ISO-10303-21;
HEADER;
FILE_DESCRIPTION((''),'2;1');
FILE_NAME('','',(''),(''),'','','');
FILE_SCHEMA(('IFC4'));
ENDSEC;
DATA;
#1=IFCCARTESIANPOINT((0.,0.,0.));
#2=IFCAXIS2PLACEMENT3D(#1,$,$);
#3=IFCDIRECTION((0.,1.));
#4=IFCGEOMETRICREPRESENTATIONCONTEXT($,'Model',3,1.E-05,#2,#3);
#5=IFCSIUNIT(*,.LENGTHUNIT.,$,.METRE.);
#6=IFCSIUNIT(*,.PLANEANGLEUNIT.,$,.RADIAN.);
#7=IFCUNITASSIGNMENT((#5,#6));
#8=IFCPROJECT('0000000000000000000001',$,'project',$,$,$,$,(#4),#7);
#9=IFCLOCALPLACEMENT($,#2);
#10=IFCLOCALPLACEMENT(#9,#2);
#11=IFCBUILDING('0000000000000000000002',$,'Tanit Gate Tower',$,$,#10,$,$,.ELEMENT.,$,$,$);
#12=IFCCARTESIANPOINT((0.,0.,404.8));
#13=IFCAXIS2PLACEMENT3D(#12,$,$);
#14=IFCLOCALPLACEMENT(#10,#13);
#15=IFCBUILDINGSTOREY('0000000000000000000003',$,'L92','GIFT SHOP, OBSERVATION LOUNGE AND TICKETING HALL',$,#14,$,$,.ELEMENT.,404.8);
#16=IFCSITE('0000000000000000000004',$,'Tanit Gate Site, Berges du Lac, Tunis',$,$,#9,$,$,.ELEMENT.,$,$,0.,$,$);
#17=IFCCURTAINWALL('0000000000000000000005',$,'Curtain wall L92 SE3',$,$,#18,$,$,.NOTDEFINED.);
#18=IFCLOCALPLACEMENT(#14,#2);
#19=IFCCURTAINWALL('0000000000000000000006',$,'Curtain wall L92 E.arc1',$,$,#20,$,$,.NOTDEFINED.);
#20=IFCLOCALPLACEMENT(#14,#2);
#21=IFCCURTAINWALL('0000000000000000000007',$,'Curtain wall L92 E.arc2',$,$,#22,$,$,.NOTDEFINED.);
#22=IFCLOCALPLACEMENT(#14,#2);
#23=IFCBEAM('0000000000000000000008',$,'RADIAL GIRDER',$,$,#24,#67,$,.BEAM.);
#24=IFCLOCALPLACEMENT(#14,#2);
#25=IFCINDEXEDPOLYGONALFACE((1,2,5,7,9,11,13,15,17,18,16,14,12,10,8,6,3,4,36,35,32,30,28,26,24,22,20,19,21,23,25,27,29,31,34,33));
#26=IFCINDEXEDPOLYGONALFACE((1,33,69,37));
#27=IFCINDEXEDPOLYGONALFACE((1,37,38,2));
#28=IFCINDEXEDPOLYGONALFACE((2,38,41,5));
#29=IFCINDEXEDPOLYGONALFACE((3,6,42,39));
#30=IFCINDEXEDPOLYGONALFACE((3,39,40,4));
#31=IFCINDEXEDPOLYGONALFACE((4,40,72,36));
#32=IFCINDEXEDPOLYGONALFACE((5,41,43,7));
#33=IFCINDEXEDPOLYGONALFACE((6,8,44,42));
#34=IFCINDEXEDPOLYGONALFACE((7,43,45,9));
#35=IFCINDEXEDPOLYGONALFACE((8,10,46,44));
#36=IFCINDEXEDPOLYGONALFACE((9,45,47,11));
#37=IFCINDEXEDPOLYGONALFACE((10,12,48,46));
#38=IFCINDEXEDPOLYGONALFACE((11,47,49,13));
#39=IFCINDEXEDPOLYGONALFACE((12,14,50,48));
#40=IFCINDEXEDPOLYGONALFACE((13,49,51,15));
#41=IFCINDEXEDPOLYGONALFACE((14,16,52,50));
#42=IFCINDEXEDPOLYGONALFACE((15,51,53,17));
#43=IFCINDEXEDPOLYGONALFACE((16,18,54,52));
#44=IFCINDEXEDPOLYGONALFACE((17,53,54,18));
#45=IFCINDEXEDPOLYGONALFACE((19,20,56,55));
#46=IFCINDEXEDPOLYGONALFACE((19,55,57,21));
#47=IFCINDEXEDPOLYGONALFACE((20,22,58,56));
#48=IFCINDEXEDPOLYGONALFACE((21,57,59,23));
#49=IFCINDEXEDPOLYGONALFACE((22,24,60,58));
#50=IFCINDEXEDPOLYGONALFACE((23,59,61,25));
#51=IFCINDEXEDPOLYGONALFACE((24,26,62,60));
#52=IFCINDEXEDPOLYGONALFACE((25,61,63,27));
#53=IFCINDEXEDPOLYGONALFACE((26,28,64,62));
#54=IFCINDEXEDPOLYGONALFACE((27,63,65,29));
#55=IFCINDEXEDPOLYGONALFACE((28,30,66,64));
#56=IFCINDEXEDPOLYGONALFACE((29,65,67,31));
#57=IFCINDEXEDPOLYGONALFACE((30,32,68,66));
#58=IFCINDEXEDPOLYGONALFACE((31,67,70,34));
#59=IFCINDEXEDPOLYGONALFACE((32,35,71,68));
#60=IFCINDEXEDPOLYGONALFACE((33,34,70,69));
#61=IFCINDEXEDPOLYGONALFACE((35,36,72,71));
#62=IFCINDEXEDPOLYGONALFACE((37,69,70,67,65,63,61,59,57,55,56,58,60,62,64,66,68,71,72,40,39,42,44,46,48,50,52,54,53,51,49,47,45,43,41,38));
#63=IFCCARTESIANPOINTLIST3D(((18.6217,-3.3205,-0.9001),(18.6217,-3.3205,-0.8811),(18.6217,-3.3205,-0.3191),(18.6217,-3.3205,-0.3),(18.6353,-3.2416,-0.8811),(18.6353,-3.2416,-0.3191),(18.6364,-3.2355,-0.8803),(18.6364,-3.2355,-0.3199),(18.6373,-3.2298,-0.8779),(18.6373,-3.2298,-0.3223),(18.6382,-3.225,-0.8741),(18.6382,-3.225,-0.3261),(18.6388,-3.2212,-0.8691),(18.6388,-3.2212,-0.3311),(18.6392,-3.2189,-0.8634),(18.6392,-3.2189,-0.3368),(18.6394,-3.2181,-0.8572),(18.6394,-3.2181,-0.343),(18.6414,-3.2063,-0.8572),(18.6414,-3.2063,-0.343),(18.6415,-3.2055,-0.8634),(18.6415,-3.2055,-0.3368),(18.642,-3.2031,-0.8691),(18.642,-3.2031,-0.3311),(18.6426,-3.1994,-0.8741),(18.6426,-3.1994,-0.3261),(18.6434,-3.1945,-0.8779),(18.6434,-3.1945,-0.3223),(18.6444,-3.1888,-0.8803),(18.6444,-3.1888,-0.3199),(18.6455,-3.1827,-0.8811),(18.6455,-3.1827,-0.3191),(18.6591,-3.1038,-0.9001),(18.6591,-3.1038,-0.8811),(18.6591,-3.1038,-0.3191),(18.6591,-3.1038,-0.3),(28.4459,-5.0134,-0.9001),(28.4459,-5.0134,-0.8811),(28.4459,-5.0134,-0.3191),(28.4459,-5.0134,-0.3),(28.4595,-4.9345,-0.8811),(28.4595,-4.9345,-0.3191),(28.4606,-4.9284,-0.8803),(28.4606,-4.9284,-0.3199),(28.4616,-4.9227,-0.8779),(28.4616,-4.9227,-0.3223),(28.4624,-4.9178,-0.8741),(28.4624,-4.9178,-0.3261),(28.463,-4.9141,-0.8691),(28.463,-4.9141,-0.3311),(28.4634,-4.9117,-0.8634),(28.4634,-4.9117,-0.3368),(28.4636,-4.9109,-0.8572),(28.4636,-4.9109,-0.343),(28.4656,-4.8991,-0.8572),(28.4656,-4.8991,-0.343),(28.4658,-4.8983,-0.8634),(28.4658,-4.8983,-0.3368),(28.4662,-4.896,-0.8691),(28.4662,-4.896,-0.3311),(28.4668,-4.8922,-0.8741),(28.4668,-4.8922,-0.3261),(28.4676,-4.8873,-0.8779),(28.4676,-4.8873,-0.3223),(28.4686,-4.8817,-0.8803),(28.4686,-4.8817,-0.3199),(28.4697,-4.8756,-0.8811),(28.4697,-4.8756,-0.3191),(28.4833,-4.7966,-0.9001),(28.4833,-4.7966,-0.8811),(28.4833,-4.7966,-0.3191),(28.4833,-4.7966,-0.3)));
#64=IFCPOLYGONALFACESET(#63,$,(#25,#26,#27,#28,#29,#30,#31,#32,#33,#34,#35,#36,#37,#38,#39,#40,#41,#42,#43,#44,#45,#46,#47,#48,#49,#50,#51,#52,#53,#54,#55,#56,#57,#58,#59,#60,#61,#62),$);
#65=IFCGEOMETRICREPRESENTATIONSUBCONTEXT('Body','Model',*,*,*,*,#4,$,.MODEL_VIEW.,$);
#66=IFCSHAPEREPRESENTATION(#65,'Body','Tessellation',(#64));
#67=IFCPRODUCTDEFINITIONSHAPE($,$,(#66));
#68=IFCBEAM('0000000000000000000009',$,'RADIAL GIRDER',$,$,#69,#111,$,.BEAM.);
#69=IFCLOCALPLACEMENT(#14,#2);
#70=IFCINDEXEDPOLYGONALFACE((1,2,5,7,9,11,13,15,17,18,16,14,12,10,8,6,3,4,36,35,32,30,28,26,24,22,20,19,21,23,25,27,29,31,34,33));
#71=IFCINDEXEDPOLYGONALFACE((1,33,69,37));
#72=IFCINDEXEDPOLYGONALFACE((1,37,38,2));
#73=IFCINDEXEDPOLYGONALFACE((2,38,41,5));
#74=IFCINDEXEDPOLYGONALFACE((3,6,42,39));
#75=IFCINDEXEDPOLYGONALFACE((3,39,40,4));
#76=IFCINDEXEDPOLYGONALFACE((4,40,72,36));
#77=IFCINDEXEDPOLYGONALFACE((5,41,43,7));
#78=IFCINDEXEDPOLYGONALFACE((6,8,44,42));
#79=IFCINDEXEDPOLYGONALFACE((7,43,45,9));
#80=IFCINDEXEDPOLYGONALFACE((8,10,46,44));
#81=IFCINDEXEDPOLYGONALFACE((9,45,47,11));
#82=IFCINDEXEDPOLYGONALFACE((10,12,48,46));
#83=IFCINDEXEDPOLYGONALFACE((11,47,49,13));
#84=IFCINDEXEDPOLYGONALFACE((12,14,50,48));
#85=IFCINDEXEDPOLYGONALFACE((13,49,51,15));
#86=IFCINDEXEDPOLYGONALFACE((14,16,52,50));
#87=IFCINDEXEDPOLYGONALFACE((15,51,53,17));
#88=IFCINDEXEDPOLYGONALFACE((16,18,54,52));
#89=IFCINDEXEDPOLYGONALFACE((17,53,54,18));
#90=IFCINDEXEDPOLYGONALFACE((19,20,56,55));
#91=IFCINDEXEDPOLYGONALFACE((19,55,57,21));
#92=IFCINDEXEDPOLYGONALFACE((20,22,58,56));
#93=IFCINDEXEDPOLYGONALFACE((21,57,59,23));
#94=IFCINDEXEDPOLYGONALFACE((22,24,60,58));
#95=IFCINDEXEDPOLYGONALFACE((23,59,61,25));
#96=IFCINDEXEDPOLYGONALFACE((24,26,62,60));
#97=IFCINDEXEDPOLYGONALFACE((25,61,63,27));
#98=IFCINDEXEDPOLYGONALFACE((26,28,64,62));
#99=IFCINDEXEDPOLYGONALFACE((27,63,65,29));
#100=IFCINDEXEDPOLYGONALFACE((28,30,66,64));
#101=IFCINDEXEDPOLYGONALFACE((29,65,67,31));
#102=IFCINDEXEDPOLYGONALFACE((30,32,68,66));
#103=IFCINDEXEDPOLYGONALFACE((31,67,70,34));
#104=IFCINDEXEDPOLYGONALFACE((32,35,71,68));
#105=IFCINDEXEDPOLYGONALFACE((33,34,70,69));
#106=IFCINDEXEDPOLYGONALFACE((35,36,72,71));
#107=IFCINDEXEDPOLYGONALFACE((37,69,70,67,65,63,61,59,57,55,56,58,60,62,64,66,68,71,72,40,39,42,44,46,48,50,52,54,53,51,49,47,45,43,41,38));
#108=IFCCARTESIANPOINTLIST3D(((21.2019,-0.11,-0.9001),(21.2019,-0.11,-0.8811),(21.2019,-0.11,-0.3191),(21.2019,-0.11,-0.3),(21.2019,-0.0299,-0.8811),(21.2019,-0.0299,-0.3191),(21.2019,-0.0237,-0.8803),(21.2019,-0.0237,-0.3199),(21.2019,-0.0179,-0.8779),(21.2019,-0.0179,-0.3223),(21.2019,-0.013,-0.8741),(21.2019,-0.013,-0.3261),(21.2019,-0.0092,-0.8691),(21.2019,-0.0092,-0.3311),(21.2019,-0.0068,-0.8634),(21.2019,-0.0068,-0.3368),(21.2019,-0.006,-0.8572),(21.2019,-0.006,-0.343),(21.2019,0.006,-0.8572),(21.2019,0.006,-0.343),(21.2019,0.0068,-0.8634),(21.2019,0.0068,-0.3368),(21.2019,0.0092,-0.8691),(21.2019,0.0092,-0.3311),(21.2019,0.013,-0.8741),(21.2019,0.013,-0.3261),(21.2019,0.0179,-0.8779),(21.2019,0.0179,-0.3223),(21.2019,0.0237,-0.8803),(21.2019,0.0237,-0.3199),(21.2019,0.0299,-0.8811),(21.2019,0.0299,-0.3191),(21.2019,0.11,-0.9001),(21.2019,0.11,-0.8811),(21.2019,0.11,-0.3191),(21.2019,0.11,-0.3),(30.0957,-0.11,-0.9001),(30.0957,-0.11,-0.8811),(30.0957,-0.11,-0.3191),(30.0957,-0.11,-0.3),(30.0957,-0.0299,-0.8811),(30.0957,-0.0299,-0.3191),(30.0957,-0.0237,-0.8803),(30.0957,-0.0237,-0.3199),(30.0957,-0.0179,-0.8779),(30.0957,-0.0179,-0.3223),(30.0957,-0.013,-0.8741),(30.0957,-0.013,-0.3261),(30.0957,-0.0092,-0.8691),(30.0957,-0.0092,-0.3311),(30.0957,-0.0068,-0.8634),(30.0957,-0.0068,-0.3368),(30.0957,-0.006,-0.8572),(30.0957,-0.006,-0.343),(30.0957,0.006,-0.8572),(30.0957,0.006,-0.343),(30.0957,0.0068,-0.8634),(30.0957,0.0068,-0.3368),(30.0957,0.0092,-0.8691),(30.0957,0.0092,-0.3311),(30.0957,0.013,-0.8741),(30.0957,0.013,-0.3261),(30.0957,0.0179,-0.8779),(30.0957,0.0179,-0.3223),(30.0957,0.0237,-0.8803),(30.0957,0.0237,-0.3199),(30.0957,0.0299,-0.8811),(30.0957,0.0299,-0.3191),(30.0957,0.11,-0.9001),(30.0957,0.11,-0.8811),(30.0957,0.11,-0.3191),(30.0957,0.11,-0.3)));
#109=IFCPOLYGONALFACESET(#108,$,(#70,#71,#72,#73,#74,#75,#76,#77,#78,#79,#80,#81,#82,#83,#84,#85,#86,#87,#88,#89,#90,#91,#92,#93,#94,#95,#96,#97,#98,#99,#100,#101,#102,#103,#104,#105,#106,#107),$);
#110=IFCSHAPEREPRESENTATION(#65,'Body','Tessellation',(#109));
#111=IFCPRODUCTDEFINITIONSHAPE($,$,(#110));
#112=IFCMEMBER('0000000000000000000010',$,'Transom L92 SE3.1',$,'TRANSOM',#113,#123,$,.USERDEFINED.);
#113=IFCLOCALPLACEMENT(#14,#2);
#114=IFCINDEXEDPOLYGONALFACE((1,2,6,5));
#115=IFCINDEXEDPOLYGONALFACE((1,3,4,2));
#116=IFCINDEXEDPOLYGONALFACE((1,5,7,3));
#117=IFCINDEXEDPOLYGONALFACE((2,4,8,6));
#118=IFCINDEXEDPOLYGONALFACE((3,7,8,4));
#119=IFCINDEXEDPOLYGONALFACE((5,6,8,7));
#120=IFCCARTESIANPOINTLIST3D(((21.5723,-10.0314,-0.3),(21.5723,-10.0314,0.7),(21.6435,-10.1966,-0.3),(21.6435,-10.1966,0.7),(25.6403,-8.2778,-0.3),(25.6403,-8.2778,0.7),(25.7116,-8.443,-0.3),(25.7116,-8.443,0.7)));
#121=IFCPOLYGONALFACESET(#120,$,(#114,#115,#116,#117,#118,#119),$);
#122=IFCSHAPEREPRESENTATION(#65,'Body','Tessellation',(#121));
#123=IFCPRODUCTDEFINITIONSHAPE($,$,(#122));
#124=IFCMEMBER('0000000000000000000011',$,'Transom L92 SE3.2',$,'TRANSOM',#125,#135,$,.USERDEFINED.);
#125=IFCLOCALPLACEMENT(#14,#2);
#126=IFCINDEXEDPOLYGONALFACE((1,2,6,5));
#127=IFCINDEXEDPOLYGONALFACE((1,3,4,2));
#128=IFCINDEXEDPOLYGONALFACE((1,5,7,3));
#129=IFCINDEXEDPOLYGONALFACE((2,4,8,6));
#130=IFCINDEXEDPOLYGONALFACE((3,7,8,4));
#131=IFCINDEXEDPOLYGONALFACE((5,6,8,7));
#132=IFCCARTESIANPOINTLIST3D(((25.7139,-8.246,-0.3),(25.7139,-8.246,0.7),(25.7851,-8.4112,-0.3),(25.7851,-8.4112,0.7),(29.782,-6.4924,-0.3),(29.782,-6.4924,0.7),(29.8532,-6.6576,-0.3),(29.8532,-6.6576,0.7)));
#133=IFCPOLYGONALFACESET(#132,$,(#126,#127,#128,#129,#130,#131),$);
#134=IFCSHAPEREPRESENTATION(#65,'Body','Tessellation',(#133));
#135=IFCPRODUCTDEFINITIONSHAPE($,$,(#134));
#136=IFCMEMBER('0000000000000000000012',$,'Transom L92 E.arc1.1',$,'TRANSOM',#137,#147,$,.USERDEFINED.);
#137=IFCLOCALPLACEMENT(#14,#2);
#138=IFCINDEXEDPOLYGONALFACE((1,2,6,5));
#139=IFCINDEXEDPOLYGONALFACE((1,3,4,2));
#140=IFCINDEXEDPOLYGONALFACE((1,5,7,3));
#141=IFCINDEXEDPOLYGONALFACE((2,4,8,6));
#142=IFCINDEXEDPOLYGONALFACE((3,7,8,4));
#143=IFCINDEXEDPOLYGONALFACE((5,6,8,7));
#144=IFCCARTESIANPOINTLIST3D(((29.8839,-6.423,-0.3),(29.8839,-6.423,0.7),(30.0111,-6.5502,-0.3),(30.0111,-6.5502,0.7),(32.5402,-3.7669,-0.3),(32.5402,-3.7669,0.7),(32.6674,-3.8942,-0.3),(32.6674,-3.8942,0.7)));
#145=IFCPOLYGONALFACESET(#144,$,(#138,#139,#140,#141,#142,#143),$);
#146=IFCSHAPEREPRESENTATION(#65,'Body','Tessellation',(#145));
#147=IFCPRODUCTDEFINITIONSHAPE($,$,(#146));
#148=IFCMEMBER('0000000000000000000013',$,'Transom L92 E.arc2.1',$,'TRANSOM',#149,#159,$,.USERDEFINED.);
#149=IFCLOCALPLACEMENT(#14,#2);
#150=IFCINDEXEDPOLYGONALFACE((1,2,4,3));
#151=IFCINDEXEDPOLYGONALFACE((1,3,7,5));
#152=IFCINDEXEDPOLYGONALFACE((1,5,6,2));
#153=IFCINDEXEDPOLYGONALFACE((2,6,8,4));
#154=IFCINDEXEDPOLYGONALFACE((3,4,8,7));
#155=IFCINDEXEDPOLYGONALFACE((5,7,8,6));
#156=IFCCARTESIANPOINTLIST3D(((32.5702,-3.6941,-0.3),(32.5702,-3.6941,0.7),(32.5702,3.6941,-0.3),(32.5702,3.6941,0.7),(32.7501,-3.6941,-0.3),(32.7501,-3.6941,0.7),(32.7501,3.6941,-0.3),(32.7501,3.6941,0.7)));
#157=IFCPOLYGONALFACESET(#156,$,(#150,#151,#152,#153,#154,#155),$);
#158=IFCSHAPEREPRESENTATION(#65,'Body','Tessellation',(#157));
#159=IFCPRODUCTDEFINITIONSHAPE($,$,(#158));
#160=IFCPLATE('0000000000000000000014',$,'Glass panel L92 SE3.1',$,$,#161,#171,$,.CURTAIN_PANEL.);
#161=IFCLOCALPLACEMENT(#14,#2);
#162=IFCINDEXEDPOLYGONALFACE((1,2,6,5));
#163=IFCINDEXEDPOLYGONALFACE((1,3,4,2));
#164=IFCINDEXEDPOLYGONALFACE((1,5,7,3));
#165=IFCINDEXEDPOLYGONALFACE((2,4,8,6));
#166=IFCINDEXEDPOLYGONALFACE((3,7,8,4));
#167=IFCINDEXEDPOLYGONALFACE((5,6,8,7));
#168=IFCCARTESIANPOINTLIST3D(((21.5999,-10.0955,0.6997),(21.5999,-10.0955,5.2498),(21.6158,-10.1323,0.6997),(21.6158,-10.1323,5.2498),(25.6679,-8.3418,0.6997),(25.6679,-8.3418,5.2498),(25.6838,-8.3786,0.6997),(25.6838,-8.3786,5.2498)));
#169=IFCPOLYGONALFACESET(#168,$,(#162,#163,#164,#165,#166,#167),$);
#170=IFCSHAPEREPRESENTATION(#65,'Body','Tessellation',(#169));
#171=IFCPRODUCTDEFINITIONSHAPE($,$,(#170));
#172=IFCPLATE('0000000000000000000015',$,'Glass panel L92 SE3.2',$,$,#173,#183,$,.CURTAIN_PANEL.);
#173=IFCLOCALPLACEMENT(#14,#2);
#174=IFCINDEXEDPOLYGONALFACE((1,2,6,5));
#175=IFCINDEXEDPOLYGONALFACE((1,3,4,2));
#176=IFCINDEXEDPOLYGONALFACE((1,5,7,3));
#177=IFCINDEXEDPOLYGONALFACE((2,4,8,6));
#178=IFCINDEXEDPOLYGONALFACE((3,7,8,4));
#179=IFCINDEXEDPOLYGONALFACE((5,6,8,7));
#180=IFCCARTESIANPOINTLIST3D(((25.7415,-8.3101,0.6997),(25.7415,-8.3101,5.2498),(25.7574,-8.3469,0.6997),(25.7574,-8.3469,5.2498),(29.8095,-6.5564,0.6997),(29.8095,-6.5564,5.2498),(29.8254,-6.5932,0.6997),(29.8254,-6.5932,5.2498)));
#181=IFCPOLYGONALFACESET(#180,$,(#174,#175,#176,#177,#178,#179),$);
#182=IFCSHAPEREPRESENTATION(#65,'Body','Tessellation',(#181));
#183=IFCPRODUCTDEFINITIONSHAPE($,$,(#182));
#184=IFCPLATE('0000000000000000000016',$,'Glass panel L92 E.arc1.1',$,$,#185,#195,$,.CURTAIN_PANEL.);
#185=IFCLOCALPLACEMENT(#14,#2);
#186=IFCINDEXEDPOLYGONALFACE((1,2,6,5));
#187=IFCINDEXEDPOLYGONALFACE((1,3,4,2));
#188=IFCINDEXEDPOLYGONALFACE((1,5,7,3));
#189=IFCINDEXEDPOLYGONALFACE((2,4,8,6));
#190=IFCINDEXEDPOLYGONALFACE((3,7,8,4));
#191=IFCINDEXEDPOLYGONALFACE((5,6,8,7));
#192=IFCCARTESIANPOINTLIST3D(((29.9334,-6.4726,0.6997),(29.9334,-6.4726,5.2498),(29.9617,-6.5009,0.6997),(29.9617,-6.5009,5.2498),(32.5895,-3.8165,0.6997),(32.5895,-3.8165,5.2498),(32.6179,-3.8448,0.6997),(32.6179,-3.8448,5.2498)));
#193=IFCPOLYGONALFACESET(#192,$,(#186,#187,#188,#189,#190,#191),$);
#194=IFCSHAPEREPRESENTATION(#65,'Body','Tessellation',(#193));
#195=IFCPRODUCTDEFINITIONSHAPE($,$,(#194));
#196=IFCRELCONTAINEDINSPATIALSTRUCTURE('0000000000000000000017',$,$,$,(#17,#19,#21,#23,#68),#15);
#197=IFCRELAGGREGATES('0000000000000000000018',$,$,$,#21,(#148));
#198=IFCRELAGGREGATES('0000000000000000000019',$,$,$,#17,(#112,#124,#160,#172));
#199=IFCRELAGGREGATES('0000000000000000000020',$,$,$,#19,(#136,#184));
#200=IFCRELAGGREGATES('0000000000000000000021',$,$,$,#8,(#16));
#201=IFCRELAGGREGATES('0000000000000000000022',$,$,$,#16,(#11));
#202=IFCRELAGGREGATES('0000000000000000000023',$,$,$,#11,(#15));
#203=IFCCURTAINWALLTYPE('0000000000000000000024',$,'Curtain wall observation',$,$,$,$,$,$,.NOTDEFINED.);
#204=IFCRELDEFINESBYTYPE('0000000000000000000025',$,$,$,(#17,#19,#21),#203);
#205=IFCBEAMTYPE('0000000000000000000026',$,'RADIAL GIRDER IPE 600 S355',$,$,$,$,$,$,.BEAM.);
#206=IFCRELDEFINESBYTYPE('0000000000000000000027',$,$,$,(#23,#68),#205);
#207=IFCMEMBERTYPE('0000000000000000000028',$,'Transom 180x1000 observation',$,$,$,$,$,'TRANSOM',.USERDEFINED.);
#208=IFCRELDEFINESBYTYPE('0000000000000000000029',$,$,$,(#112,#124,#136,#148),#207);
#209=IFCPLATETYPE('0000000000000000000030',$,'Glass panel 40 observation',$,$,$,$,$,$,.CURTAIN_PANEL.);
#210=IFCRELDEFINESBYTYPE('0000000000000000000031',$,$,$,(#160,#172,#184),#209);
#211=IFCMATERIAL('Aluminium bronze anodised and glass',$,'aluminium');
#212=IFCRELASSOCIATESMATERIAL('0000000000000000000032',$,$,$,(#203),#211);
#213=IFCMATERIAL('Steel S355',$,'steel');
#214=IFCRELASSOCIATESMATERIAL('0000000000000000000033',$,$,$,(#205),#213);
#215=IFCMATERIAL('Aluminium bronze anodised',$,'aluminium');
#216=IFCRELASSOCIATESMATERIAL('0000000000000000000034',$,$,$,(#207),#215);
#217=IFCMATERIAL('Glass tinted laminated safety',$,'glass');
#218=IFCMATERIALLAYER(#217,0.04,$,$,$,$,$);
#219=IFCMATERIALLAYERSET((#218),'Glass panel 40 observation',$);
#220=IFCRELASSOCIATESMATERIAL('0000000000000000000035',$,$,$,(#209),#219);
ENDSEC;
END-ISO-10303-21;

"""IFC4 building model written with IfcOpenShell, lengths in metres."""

from ifc_helpers import new_model, si_unit, direction, frame, origin, origin_2d, place, context, subcontext, project, spatial, rectangle, i_section, extrude, material, layer, layer_set, material_profile, profile_set, type_object, element, aggregate, save


model = new_model("IFC4")

# Units and contexts
model_context = context("Model", 3, precision=1e-05, world=origin(), true_north=direction((0.0, 1.0)))
body_context = subcontext(model_context, "Body", "Model", "MODEL_VIEW")
ifc_project = project(units=[si_unit("LENGTHUNIT", "METRE"), si_unit("PLANEANGLEUNIT", "RADIAN")], contexts=[model_context])

# Site, building, storey
site_placement = place(None, origin())
site = spatial("IfcSite", under=ifc_project, at=site_placement, Name="Tanit Gate Site, Berges du Lac, Tunis", CompositionType="ELEMENT", RefElevation=0.0)
building_placement = place(site_placement, origin())
building = spatial("IfcBuilding", under=site, at=building_placement, Name="Tanit Gate Tower", CompositionType="ELEMENT")
storey_placement = place(building_placement, frame((0.0, 0.0, 404.8)))
storey = spatial("IfcBuildingStorey", under=building, at=storey_placement, Name="L92", Description="GIFT SHOP, OBSERVATION LOUNGE AND TICKETING HALL", CompositionType="ELEMENT", Elevation=404.8)

# Shared definitions
ifc_material_1 = material(Name="Aluminium bronze anodised and glass", Category="aluminium")
curtain_wall_type = type_object("IfcCurtainWallType", Name="Curtain wall observation", PredefinedType="NOTDEFINED", material=ifc_material_1)

# Curtain walls
curtain_wall_1_placement = place(storey_placement, origin())
curtain_wall_1 = element("IfcCurtainWall", 1, at=curtain_wall_1_placement, inside=storey, type_object=curtain_wall_type, Name="Curtain wall L92 SE3", PredefinedType="NOTDEFINED")
curtain_wall_2_placement = place(storey_placement, origin())
curtain_wall_2 = element("IfcCurtainWall", 2, at=curtain_wall_2_placement, inside=storey, type_object=curtain_wall_type, Name="Curtain wall L92 E.arc1", PredefinedType="NOTDEFINED")

# Curtain wall
curtain_wall_3_placement = place(storey_placement, origin())
curtain_wall_3 = element("IfcCurtainWall", 3, at=curtain_wall_3_placement, inside=storey, type_object=curtain_wall_type, Name="Curtain wall L92 E.arc2", PredefinedType="NOTDEFINED")

# Beams
ifc_material_2 = material(Name="Steel S355", Category="steel")
ifc_material_profile_1 = material_profile(ifc_material_2, i_section(OverallWidth=0.22, OverallDepth=0.6001, WebThickness=0.012, FlangeThickness=0.019, FilletRadius=0.0239, at=origin_2d()), Name="IPE 600")
ifc_profile_set_1 = profile_set([ifc_material_profile_1], Name="Steel S355")
beam_type = type_object("IfcBeamType", Name="RADIAL GIRDER IPE 600 S355", PredefinedType="BEAM", material=ifc_profile_set_1)
beam_1_placement = place(storey_placement, frame((28.4646, -4.905, -0.6001), z_axis=(-0.985476, 0.169813, 0.0), x_axis=(-0.169813, -0.985476, 0.0)))
element("IfcBeam", 4, at=beam_1_placement, inside=storey, type_object=beam_type, Name="RADIAL GIRDER", PredefinedType="BEAM", context=body_context, shape_type="SweptSolid", body=[
    extrude(i_section(OverallWidth=0.22, OverallDepth=0.6001, WebThickness=0.012, FlangeThickness=0.019, FilletRadius=0.0239, at=origin_2d()), origin(), (0.0, 0.0, 1.0), 9.969),
])
beam_2_placement = place(storey_placement, frame((30.0957, 0.0, -0.6001), z_axis=(-1.0, 0.0, 0.0), x_axis=(0.0, -1.0, 0.0)))
element("IfcBeam", 5, at=beam_2_placement, inside=storey, type_object=beam_type, Name="RADIAL GIRDER", PredefinedType="BEAM", context=body_context, shape_type="SweptSolid", body=[
    extrude(i_section(OverallWidth=0.22, OverallDepth=0.6001, WebThickness=0.012, FlangeThickness=0.019, FilletRadius=0.0239, at=origin_2d()), origin(), (0.0, 0.0, 1.0), 8.8938),
])

# Members
ifc_material_3 = material(Name="Aluminium bronze anodised", Category="aluminium")
ifc_material_profile_2 = material_profile(ifc_material_3, rectangle(XDim=0.1799, YDim=1.0, at=origin_2d()), Name="180x1000 bronze transom")
ifc_profile_set_2 = profile_set([ifc_material_profile_2], Name="Aluminium bronze anodised")
member_type_1 = type_object("IfcMemberType", Name="Transom 180x1000 observation", ElementType="TRANSOM", PredefinedType="USERDEFINED", material=ifc_profile_set_2)
member_1_placement = place(storey_placement, frame((21.6079, -10.114, 0.2), z_axis=(0.918311, 0.395861, 0.0), x_axis=(-0.395861, 0.918311, 0.0)))
member_1 = element("IfcMember", 6, at=member_1_placement, type_object=member_type_1, Name="Transom L92 SE3.1", ObjectType="TRANSOM", PredefinedType="USERDEFINED", context=body_context, shape_type="SweptSolid", body=[
    extrude(rectangle(XDim=0.1799, YDim=1.0, at=origin_2d()), origin(), (0.0, 0.0, 1.0), 4.4299),
])
member_2_placement = place(storey_placement, frame((25.7495, -8.3286, 0.2), z_axis=(0.918311, 0.395861, 0.0), x_axis=(-0.395861, 0.918311, 0.0)))
member_2 = element("IfcMember", 7, at=member_2_placement, type_object=member_type_1, Name="Transom L92 SE3.2", ObjectType="TRANSOM", PredefinedType="USERDEFINED", context=body_context, shape_type="SweptSolid", body=[
    extrude(rectangle(XDim=0.1799, YDim=1.0, at=origin_2d()), origin(), (0.0, 0.0, 1.0), 4.4299),
])
member_3_placement = place(storey_placement, frame((29.9475, -6.4866, 0.2), z_axis=(0.707139, 0.707074, 0.0), x_axis=(-0.707074, 0.707139, 0.0)))
member_3 = element("IfcMember", 8, at=member_3_placement, type_object=member_type_1, Name="Transom L92 E.arc1.1", ObjectType="TRANSOM", PredefinedType="USERDEFINED", context=body_context, shape_type="SweptSolid", body=[
    extrude(rectangle(XDim=0.1799, YDim=1.0, at=origin_2d()), origin(), (0.0, 0.0, 1.0), 3.7563),
])
member_4_placement = place(storey_placement, frame((32.6602, -3.6941, 0.2), z_axis=(0.0, 1.0, 0.0), x_axis=(-1.0, 0.0, 0.0)))
member_4 = element("IfcMember", 9, at=member_4_placement, type_object=member_type_1, Name="Transom L92 E.arc2.1", ObjectType="TRANSOM", PredefinedType="USERDEFINED", context=body_context, shape_type="SweptSolid", body=[
    extrude(rectangle(XDim=0.1799, YDim=1.0, at=origin_2d()), origin(), (0.0, 0.0, 1.0), 7.3882),
])
aggregate(curtain_wall_3, [member_4])

# Plates
ifc_material_4 = material(Name="Glass tinted laminated safety", Category="glass")
ifc_layer_1 = layer(ifc_material_4, 0.04)
ifc_layer_set_1 = layer_set([ifc_layer_1], Name="Glass panel 40 observation")
plate_type = type_object("IfcPlateType", Name="Glass panel 40 observation", PredefinedType="CURTAIN_PANEL", material=ifc_layer_set_1)
plate_1_placement = place(storey_placement, frame((23.6418, -9.2371, 0.6997), z_axis=(0.0, 0.0, 1.0), x_axis=(0.918306, 0.395871, 0.0)))
plate_1 = element("IfcPlate", 10, at=plate_1_placement, type_object=plate_type, Name="Glass panel L92 SE3.1", PredefinedType="CURTAIN_PANEL", context=body_context, shape_type="SweptSolid", body=[
    extrude(rectangle(XDim=4.4299, YDim=0.04, at=origin_2d()), origin(), (0.0, 0.0, 1.0), 4.55),
])
plate_2_placement = place(storey_placement, frame((27.7834, -7.4517, 0.6997), z_axis=(0.0, 0.0, 1.0), x_axis=(0.918306, 0.395871, 0.0)))
plate_2 = element("IfcPlate", 11, at=plate_2_placement, type_object=plate_type, Name="Glass panel L92 SE3.2", PredefinedType="CURTAIN_PANEL", context=body_context, shape_type="SweptSolid", body=[
    extrude(rectangle(XDim=4.4299, YDim=0.04, at=origin_2d()), origin(), (0.0, 0.0, 1.0), 4.55),
])
aggregate(curtain_wall_1, [member_1, member_2, plate_1, plate_2])
plate_3_placement = place(storey_placement, frame((31.2756, -5.1587, 0.6997), z_axis=(0.0, 0.0, 1.0), x_axis=(0.707107, 0.707107, 0.0)))
plate_3 = element("IfcPlate", 12, at=plate_3_placement, type_object=plate_type, Name="Glass panel L92 E.arc1.1", PredefinedType="CURTAIN_PANEL", context=body_context, shape_type="SweptSolid", body=[
    extrude(rectangle(XDim=3.7563, YDim=0.04, at=origin_2d()), origin(), (0.0, 0.0, 1.0), 4.55),
])
aggregate(curtain_wall_2, [member_3, plate_3])

save(model, "model.ifc")
